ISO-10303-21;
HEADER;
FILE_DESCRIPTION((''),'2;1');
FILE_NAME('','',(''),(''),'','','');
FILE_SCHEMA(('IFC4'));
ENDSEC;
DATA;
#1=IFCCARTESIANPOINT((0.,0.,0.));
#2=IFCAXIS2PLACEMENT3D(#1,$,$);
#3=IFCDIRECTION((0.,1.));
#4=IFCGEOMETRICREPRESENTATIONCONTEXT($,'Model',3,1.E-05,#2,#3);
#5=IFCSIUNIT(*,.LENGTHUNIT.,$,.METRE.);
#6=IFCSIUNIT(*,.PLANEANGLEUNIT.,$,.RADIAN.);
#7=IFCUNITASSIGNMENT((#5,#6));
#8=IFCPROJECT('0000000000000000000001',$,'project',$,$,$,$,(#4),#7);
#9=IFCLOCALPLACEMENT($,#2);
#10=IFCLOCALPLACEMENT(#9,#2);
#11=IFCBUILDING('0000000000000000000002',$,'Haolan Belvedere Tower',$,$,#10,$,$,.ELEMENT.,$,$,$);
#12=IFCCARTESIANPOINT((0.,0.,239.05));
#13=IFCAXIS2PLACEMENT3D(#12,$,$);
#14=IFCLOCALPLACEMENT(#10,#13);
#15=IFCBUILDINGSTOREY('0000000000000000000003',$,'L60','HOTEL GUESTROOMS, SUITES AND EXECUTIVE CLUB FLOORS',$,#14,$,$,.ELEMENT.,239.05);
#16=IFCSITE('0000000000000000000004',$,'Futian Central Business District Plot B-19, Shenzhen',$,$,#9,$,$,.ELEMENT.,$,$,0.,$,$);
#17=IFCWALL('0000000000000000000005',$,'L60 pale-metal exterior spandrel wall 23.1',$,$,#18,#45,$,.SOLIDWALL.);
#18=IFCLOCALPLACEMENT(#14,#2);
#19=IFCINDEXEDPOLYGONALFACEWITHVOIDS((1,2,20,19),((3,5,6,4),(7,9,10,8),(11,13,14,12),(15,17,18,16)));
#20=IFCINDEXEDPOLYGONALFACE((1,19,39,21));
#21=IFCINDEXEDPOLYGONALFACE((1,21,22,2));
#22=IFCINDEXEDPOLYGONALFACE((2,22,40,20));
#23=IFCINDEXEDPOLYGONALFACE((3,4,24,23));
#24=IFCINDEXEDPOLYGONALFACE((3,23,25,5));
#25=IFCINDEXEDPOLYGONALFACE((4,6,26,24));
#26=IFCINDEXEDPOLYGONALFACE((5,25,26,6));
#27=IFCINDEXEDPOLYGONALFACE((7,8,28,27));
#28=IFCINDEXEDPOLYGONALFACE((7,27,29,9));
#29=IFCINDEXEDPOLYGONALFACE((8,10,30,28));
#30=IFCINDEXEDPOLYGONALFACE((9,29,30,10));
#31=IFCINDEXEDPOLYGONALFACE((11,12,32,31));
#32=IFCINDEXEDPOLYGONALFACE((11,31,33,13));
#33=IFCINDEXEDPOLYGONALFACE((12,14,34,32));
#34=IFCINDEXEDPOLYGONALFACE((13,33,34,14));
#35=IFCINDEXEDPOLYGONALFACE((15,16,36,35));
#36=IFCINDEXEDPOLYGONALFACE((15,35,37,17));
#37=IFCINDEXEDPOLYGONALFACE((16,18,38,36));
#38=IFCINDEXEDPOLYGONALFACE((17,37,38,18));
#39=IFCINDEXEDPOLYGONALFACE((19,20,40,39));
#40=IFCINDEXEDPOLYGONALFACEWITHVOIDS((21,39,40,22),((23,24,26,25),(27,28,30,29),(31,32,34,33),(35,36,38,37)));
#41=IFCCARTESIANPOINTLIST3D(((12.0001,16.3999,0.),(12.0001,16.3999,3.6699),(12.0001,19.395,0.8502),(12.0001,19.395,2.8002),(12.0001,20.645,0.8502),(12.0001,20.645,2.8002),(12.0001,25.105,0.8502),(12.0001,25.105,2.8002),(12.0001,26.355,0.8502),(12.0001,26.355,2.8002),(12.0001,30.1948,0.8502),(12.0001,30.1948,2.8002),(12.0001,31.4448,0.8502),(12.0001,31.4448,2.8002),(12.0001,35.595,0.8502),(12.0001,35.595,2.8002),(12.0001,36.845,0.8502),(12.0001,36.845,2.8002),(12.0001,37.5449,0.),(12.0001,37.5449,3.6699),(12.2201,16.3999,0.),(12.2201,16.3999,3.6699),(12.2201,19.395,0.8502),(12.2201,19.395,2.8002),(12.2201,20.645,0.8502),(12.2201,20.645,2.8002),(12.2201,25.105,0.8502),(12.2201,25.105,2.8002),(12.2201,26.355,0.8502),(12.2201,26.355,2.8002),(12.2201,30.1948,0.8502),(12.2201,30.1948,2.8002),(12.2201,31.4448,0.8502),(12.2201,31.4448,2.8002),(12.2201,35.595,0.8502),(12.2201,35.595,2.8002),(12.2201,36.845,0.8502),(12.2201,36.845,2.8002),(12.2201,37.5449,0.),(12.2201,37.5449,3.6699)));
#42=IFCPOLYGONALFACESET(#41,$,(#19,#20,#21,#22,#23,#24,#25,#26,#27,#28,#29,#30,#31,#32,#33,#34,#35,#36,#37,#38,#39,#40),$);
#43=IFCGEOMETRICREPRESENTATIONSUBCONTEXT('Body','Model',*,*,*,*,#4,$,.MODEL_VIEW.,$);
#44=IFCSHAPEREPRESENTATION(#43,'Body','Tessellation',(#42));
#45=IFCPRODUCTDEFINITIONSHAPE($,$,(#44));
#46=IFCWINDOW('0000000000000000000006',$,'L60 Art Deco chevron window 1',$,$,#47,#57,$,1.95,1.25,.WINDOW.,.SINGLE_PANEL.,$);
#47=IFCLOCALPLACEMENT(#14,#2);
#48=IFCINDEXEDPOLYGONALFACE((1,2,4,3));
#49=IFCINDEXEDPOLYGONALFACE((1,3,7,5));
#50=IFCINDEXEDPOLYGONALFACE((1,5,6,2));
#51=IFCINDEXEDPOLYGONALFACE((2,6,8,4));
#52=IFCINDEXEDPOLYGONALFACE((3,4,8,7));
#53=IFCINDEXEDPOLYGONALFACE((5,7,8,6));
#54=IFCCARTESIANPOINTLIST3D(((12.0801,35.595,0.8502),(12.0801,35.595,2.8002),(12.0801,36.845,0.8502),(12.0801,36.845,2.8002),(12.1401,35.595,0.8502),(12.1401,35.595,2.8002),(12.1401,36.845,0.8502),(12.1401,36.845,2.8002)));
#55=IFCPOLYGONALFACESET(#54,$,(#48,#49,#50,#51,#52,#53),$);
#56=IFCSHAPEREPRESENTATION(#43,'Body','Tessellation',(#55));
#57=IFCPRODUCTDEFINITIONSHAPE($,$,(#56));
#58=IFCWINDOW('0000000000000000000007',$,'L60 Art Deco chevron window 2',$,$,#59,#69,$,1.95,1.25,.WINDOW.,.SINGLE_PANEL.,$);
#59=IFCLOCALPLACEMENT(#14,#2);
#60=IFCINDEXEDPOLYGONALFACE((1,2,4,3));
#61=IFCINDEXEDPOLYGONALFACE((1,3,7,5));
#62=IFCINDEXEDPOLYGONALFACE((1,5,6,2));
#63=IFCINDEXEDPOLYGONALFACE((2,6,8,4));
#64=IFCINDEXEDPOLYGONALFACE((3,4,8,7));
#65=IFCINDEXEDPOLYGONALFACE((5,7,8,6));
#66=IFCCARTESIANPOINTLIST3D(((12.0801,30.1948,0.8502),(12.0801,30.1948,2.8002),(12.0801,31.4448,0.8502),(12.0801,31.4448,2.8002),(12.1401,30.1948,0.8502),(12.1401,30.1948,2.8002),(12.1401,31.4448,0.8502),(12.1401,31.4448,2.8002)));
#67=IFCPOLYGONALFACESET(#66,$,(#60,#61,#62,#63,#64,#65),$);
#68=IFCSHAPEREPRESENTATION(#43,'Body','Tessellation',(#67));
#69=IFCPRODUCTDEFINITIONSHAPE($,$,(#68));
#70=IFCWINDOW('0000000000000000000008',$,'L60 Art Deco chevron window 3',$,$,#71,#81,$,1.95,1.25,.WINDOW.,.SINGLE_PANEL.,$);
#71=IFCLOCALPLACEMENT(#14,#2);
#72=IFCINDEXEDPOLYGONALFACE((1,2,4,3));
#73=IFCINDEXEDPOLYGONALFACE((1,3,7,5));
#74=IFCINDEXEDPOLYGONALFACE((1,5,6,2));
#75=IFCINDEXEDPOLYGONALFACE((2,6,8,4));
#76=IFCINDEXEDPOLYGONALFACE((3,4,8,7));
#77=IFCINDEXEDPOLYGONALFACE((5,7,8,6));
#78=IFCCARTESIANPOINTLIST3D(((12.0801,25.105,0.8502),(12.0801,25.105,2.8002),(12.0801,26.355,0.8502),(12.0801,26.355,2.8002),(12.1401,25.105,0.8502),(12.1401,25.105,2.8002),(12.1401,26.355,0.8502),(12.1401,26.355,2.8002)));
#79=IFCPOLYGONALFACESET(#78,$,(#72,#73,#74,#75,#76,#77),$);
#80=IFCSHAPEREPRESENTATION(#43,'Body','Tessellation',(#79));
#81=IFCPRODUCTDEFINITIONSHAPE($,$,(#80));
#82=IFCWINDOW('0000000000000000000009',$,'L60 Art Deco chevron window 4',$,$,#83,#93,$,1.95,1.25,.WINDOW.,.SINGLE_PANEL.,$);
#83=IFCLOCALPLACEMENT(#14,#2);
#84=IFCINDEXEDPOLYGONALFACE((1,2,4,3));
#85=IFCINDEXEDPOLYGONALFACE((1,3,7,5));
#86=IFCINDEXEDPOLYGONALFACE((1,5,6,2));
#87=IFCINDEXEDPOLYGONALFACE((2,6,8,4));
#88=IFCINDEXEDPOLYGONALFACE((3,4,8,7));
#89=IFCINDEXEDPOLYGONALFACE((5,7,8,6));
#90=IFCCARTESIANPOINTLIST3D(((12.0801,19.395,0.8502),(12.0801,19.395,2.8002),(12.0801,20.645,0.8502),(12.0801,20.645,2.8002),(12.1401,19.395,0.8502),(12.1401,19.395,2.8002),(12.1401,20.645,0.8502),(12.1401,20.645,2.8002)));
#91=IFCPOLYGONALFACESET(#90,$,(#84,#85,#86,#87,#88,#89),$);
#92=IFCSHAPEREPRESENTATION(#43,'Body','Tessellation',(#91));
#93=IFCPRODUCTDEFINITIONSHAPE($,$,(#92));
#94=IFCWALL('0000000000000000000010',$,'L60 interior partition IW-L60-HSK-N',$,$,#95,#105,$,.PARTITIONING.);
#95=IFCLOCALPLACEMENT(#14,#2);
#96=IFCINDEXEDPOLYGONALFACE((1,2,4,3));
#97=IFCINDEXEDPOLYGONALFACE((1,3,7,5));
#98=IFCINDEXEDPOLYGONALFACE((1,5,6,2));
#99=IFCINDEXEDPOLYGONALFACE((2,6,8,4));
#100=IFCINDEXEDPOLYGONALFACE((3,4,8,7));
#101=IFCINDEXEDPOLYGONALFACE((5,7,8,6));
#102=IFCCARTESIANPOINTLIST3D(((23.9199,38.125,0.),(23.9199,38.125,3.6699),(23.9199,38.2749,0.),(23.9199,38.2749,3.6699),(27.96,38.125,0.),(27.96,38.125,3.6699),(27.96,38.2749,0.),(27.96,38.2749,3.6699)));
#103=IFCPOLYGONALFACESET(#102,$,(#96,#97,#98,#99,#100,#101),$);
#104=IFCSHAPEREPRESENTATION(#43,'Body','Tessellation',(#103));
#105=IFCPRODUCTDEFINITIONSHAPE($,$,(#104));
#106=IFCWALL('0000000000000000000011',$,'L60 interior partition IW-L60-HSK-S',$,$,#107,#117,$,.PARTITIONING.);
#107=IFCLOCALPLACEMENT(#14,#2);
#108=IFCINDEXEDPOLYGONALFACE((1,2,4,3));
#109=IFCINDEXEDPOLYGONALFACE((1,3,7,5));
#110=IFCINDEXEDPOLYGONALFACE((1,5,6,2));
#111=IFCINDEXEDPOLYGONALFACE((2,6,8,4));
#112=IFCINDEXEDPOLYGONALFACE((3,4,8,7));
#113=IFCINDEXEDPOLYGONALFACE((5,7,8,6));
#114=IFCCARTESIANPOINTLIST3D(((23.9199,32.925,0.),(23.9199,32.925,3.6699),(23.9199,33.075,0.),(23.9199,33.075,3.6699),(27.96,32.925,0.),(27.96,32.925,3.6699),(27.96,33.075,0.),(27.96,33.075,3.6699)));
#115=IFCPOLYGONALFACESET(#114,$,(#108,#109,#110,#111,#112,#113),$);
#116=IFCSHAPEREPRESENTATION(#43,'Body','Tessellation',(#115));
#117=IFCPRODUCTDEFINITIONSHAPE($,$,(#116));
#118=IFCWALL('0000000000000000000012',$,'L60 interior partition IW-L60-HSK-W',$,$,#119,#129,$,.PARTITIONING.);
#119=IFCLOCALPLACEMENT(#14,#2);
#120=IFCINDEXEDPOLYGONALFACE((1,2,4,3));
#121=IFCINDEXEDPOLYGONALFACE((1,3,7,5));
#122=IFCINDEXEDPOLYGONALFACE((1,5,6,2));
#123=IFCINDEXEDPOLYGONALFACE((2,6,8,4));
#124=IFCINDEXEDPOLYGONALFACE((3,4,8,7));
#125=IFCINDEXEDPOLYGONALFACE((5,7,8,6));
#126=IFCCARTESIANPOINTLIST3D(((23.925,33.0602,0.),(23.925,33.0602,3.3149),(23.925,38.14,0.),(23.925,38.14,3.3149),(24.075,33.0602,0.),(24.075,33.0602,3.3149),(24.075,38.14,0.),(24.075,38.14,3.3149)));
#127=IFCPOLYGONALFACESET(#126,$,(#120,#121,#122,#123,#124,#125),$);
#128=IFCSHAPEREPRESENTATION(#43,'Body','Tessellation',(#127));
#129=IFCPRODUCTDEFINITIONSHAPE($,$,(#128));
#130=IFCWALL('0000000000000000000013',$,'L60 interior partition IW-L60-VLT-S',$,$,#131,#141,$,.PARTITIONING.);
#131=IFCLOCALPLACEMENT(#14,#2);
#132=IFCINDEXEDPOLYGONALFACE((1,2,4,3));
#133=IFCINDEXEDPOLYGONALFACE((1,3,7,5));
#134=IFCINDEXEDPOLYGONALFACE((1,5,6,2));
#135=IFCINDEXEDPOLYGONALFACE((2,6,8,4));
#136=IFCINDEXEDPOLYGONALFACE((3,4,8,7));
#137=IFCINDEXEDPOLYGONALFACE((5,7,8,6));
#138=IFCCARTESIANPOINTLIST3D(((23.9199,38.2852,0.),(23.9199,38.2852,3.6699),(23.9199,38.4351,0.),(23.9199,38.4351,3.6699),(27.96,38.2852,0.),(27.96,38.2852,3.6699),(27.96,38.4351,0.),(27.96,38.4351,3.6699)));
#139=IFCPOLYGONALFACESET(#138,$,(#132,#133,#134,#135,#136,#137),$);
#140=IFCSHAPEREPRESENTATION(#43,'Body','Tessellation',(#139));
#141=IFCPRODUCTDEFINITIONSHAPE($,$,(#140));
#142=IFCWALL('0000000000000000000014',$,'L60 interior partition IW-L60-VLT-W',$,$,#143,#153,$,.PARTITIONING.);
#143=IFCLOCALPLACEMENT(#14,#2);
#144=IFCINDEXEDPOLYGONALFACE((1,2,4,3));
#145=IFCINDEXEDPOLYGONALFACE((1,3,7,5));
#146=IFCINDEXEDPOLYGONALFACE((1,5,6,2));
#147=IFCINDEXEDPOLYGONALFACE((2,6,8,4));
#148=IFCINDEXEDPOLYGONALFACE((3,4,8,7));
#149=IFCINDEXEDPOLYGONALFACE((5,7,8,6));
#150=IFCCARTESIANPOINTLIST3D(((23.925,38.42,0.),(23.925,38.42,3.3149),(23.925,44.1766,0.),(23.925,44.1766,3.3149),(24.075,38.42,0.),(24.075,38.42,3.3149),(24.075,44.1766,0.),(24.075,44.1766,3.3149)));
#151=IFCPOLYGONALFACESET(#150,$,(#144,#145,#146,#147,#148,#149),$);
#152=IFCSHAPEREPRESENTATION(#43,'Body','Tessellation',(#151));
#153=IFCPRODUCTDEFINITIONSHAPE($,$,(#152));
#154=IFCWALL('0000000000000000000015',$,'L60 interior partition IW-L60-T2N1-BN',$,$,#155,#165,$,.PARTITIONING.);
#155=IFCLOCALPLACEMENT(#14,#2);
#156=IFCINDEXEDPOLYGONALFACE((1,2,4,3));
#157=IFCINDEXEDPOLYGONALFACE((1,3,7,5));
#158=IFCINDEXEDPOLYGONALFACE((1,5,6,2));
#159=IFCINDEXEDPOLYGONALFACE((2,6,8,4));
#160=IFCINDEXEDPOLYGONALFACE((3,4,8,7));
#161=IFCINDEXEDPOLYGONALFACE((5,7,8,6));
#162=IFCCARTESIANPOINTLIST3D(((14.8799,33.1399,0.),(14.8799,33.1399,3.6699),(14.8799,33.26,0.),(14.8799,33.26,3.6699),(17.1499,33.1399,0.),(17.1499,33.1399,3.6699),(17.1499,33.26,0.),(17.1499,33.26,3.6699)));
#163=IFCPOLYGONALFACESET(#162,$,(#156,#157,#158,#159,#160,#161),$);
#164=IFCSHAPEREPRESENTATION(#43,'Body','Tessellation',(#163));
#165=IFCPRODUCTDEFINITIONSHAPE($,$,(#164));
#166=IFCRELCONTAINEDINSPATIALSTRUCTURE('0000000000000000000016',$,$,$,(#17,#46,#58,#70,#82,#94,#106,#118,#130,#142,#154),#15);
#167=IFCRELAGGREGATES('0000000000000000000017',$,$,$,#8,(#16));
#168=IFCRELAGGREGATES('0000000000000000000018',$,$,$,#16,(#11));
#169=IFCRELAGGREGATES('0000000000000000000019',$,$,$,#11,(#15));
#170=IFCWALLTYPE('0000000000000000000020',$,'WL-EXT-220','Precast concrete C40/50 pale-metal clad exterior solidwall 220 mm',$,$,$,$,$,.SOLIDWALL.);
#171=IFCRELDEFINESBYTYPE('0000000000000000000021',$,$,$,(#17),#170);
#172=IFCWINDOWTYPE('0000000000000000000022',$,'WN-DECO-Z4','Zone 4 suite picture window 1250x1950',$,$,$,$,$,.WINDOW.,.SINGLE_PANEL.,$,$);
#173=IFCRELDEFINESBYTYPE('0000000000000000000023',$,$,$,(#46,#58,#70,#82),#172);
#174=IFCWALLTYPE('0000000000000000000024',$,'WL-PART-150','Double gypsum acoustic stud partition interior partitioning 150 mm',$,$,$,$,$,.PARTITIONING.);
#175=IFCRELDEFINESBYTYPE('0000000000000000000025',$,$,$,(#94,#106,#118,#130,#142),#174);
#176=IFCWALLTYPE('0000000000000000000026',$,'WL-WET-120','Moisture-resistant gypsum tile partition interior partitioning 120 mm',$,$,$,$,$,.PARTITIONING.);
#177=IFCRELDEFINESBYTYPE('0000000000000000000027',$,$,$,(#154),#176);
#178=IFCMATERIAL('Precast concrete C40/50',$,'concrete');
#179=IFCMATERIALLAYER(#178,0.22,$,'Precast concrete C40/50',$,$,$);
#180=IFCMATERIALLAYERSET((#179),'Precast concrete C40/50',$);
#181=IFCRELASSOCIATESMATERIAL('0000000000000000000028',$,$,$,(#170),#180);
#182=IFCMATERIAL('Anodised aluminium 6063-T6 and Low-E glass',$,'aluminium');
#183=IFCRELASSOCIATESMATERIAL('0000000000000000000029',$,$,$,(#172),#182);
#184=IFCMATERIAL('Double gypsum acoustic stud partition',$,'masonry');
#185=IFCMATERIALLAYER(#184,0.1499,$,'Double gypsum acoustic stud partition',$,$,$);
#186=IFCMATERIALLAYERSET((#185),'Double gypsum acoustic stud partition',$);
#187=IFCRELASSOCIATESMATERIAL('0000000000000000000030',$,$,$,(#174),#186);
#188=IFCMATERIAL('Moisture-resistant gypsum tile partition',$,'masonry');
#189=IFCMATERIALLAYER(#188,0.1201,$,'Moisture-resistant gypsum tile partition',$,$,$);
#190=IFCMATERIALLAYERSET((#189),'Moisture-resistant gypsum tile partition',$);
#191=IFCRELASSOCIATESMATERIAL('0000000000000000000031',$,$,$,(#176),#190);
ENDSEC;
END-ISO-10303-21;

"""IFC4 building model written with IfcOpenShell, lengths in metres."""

from ifc_helpers import new_model, si_unit, direction, frame, frame_2d, origin, place, context, subcontext, project, spatial, rectangle, extrude, material, layer, layer_set, type_object, element, fill, save


model = new_model("IFC4")

# Units and contexts
model_context = context("Model", 3, precision=1e-05, world=origin(), true_north=direction((0.0, 1.0)))
body_context = subcontext(model_context, "Body", "Model", "MODEL_VIEW")
ifc_project = project(units=[si_unit("LENGTHUNIT", "METRE"), si_unit("PLANEANGLEUNIT", "RADIAN")], contexts=[model_context])

# Site, building, storey
site_placement = place(None, origin())
site = spatial("IfcSite", under=ifc_project, at=site_placement, Name="Futian Central Business District Plot B-19, Shenzhen", CompositionType="ELEMENT", RefElevation=0.0)
building_placement = place(site_placement, origin())
building = spatial("IfcBuilding", under=site, at=building_placement, Name="Haolan Belvedere Tower", CompositionType="ELEMENT")
storey_placement = place(building_placement, frame((0.0, 0.0, 239.05)))
storey = spatial("IfcBuildingStorey", under=building, at=storey_placement, Name="L60", Description="HOTEL GUESTROOMS, SUITES AND EXECUTIVE CLUB FLOORS", CompositionType="ELEMENT", Elevation=239.05)

# Shared definitions
ifc_material_1 = material(Name="Precast concrete C40/50", Category="concrete")
ifc_layer_1 = layer(ifc_material_1, 0.22, Name="Precast concrete C40/50")
ifc_layer_set_1 = layer_set([ifc_layer_1], Name="Precast concrete C40/50")
wall_type_1 = type_object("IfcWallType", Name="WL-EXT-220", Description="Precast concrete C40/50 pale-metal clad exterior solidwall 220 mm", PredefinedType="SOLIDWALL", material=ifc_layer_set_1)

# Wall, openings, windows
wall_1_placement = place(storey_placement, frame((12.1101, 37.5449, 0.0), z_axis=(0.0, 0.0, 1.0), x_axis=(0.0, -1.0, 0.0)))
wall_1 = element("IfcWall", 1, at=wall_1_placement, inside=storey, type_object=wall_type_1, Name="L60 pale-metal exterior spandrel wall 23.1", PredefinedType="SOLIDWALL", context=body_context, shape_type="SweptSolid", body=[
    extrude(rectangle(XDim=21.145, YDim=0.22, at=frame_2d((10.5725, 0.0))), origin(), (0.0, 0.0, 1.0), 3.6699),
])
opening_1_placement = place(wall_1_placement, frame((0.7, 0.0, 0.8501)))
opening_1 = element("IfcOpeningElement", 2, at=opening_1_placement, cuts=wall_1, PredefinedType="OPENING", context=body_context, shape_type="SweptSolid", body=[
    extrude(rectangle(XDim=1.25, YDim=1.95, at=frame_2d((0.625, 0.9751))), frame((0.0, 0.1199, 0.0), z_axis=(0.0, -1.0, 0.0), x_axis=(1.0, 0.0, 0.0)), (0.0, 0.0, 1.0), 0.24),
])
opening_2_placement = place(wall_1_placement, frame((6.1001, 0.0, 0.8501)))
opening_2 = element("IfcOpeningElement", 3, at=opening_2_placement, cuts=wall_1, PredefinedType="OPENING", context=body_context, shape_type="SweptSolid", body=[
    extrude(rectangle(XDim=1.25, YDim=1.95, at=frame_2d((0.625, 0.9751))), frame((0.0, 0.1199, 0.0), z_axis=(0.0, -1.0, 0.0), x_axis=(1.0, 0.0, 0.0)), (0.0, 0.0, 1.0), 0.24),
])
opening_3_placement = place(wall_1_placement, frame((11.1899, 0.0, 0.8501)))
opening_3 = element("IfcOpeningElement", 4, at=opening_3_placement, cuts=wall_1, PredefinedType="OPENING", context=body_context, shape_type="SweptSolid", body=[
    extrude(rectangle(XDim=1.25, YDim=1.95, at=frame_2d((0.625, 0.9751))), frame((0.0, 0.1199, 0.0), z_axis=(0.0, -1.0, 0.0), x_axis=(1.0, 0.0, 0.0)), (0.0, 0.0, 1.0), 0.24),
])
opening_4_placement = place(wall_1_placement, frame((16.8999, 0.0, 0.8501)))
opening_4 = element("IfcOpeningElement", 5, at=opening_4_placement, cuts=wall_1, PredefinedType="OPENING", context=body_context, shape_type="SweptSolid", body=[
    extrude(rectangle(XDim=1.25, YDim=1.95, at=frame_2d((0.625, 0.9751))), frame((0.0, 0.1199, 0.0), z_axis=(0.0, -1.0, 0.0), x_axis=(1.0, 0.0, 0.0)), (0.0, 0.0, 1.0), 0.24),
])
ifc_material_2 = material(Name="Anodised aluminium 6063-T6 and Low-E glass", Category="aluminium")
window_type = type_object("IfcWindowType", Name="WN-DECO-Z4", Description="Zone 4 suite picture window 1250x1950", PartitioningType="SINGLE_PANEL", PredefinedType="WINDOW", material=ifc_material_2)
window_1_placement = place(opening_1_placement, origin())
window_1 = element("IfcWindow", 6, at=window_1_placement, inside=storey, type_object=window_type, Name="L60 Art Deco chevron window 1", OverallHeight=1.95, OverallWidth=1.25, PartitioningType="SINGLE_PANEL", PredefinedType="WINDOW", context=body_context, shape_type="SweptSolid", body=[
    extrude(rectangle(XDim=1.25, YDim=1.95, at=frame_2d((0.625, 0.9751))), frame((0.0, 0.03, 0.0), z_axis=(0.0, -1.0, 0.0), x_axis=(1.0, 0.0, 0.0)), (0.0, 0.0, 1.0), 0.0601),
])
fill(opening_1, window_1)
window_2_placement = place(opening_2_placement, origin())
window_2 = element("IfcWindow", 7, at=window_2_placement, inside=storey, type_object=window_type, Name="L60 Art Deco chevron window 2", OverallHeight=1.95, OverallWidth=1.25, PartitioningType="SINGLE_PANEL", PredefinedType="WINDOW", context=body_context, shape_type="SweptSolid", body=[
    extrude(rectangle(XDim=1.25, YDim=1.95, at=frame_2d((0.625, 0.9751))), frame((0.0, 0.03, 0.0), z_axis=(0.0, -1.0, 0.0), x_axis=(1.0, 0.0, 0.0)), (0.0, 0.0, 1.0), 0.0601),
])
fill(opening_2, window_2)
window_3_placement = place(opening_3_placement, origin())
window_3 = element("IfcWindow", 8, at=window_3_placement, inside=storey, type_object=window_type, Name="L60 Art Deco chevron window 3", OverallHeight=1.95, OverallWidth=1.25, PartitioningType="SINGLE_PANEL", PredefinedType="WINDOW", context=body_context, shape_type="SweptSolid", body=[
    extrude(rectangle(XDim=1.25, YDim=1.95, at=frame_2d((0.625, 0.9751))), frame((0.0, 0.03, 0.0), z_axis=(0.0, -1.0, 0.0), x_axis=(1.0, 0.0, 0.0)), (0.0, 0.0, 1.0), 0.0601),
])
fill(opening_3, window_3)
window_4_placement = place(opening_4_placement, origin())
window_4 = element("IfcWindow", 9, at=window_4_placement, inside=storey, type_object=window_type, Name="L60 Art Deco chevron window 4", OverallHeight=1.95, OverallWidth=1.25, PartitioningType="SINGLE_PANEL", PredefinedType="WINDOW", context=body_context, shape_type="SweptSolid", body=[
    extrude(rectangle(XDim=1.25, YDim=1.95, at=frame_2d((0.625, 0.9751))), frame((0.0, 0.03, 0.0), z_axis=(0.0, -1.0, 0.0), x_axis=(1.0, 0.0, 0.0)), (0.0, 0.0, 1.0), 0.0601),
])
fill(opening_4, window_4)

# Walls
ifc_material_3 = material(Name="Double gypsum acoustic stud partition", Category="masonry")
ifc_layer_2 = layer(ifc_material_3, 0.1499, Name="Double gypsum acoustic stud partition")
ifc_layer_set_2 = layer_set([ifc_layer_2], Name="Double gypsum acoustic stud partition")
wall_type_2 = type_object("IfcWallType", Name="WL-PART-150", Description="Double gypsum acoustic stud partition interior partitioning 150 mm", PredefinedType="PARTITIONING", material=ifc_layer_set_2)
for number, where, z_axis, x_axis, name in (
    (10, (23.9199, 38.2, 0.0), (0.0, 0.0, 1.0), (1.0, 0.0, 0.0), "L60 interior partition IW-L60-HSK-N"),
    (11, (23.9199, 33.0, 0.0), (0.0, 0.0, 1.0), (1.0, 0.0, 0.0), "L60 interior partition IW-L60-HSK-S"),
):
    element("IfcWall", number, at=place(storey_placement, frame(where, z_axis=z_axis, x_axis=x_axis)), inside=storey, type_object=wall_type_2, Name=name, PredefinedType="PARTITIONING", context=body_context, shape_type="SweptSolid", body=[
        extrude(rectangle(XDim=4.04, YDim=0.1499, at=frame_2d((2.02, 0.0))), origin(), (0.0, 0.0, 1.0), 3.6699),
    ])
wall_2_placement = place(storey_placement, frame((24.0, 33.0601, 0.0), z_axis=(0.0, 0.0, 1.0), x_axis=(0.0, 1.0, 0.0)))
element("IfcWall", 12, at=wall_2_placement, inside=storey, type_object=wall_type_2, Name="L60 interior partition IW-L60-HSK-W", PredefinedType="PARTITIONING", context=body_context, shape_type="SweptSolid", body=[
    extrude(rectangle(XDim=5.0798, YDim=0.1499, at=frame_2d((2.54, 0.0))), origin(), (0.0, 0.0, 1.0), 3.3149),
])
wall_3_placement = place(storey_placement, frame((23.9199, 38.3601, 0.0), z_axis=(0.0, 0.0, 1.0), x_axis=(1.0, 0.0, 0.0)))
element("IfcWall", 13, at=wall_3_placement, inside=storey, type_object=wall_type_2, Name="L60 interior partition IW-L60-VLT-S", PredefinedType="PARTITIONING", context=body_context, shape_type="SweptSolid", body=[
    extrude(rectangle(XDim=4.04, YDim=0.1499, at=frame_2d((2.02, 0.0))), origin(), (0.0, 0.0, 1.0), 3.6699),
])
wall_4_placement = place(storey_placement, frame((24.0, 38.4199, 0.0), z_axis=(0.0, 0.0, 1.0), x_axis=(0.0, 1.0, 0.0)))
element("IfcWall", 14, at=wall_4_placement, inside=storey, type_object=wall_type_2, Name="L60 interior partition IW-L60-VLT-W", PredefinedType="PARTITIONING", context=body_context, shape_type="SweptSolid", body=[
    extrude(rectangle(XDim=5.7566, YDim=0.1499, at=frame_2d((2.8784, 0.0))), origin(), (0.0, 0.0, 1.0), 3.3149),
])
ifc_material_4 = material(Name="Moisture-resistant gypsum tile partition", Category="masonry")
ifc_layer_3 = layer(ifc_material_4, 0.1201, Name="Moisture-resistant gypsum tile partition")
ifc_layer_set_3 = layer_set([ifc_layer_3], Name="Moisture-resistant gypsum tile partition")
wall_type_3 = type_object("IfcWallType", Name="WL-WET-120", Description="Moisture-resistant gypsum tile partition interior partitioning 120 mm", PredefinedType="PARTITIONING", material=ifc_layer_set_3)
wall_5_placement = place(storey_placement, frame((14.8799, 33.2, 0.0), z_axis=(0.0, 0.0, 1.0), x_axis=(1.0, 0.0, 0.0)))
element("IfcWall", 15, at=wall_5_placement, inside=storey, type_object=wall_type_3, Name="L60 interior partition IW-L60-T2N1-BN", PredefinedType="PARTITIONING", context=body_context, shape_type="SweptSolid", body=[
    extrude(rectangle(XDim=2.27, YDim=0.1201, at=frame_2d((1.135, 0.0))), origin(), (0.0, 0.0, 1.0), 3.6699),
])

save(model, "model.ifc")
